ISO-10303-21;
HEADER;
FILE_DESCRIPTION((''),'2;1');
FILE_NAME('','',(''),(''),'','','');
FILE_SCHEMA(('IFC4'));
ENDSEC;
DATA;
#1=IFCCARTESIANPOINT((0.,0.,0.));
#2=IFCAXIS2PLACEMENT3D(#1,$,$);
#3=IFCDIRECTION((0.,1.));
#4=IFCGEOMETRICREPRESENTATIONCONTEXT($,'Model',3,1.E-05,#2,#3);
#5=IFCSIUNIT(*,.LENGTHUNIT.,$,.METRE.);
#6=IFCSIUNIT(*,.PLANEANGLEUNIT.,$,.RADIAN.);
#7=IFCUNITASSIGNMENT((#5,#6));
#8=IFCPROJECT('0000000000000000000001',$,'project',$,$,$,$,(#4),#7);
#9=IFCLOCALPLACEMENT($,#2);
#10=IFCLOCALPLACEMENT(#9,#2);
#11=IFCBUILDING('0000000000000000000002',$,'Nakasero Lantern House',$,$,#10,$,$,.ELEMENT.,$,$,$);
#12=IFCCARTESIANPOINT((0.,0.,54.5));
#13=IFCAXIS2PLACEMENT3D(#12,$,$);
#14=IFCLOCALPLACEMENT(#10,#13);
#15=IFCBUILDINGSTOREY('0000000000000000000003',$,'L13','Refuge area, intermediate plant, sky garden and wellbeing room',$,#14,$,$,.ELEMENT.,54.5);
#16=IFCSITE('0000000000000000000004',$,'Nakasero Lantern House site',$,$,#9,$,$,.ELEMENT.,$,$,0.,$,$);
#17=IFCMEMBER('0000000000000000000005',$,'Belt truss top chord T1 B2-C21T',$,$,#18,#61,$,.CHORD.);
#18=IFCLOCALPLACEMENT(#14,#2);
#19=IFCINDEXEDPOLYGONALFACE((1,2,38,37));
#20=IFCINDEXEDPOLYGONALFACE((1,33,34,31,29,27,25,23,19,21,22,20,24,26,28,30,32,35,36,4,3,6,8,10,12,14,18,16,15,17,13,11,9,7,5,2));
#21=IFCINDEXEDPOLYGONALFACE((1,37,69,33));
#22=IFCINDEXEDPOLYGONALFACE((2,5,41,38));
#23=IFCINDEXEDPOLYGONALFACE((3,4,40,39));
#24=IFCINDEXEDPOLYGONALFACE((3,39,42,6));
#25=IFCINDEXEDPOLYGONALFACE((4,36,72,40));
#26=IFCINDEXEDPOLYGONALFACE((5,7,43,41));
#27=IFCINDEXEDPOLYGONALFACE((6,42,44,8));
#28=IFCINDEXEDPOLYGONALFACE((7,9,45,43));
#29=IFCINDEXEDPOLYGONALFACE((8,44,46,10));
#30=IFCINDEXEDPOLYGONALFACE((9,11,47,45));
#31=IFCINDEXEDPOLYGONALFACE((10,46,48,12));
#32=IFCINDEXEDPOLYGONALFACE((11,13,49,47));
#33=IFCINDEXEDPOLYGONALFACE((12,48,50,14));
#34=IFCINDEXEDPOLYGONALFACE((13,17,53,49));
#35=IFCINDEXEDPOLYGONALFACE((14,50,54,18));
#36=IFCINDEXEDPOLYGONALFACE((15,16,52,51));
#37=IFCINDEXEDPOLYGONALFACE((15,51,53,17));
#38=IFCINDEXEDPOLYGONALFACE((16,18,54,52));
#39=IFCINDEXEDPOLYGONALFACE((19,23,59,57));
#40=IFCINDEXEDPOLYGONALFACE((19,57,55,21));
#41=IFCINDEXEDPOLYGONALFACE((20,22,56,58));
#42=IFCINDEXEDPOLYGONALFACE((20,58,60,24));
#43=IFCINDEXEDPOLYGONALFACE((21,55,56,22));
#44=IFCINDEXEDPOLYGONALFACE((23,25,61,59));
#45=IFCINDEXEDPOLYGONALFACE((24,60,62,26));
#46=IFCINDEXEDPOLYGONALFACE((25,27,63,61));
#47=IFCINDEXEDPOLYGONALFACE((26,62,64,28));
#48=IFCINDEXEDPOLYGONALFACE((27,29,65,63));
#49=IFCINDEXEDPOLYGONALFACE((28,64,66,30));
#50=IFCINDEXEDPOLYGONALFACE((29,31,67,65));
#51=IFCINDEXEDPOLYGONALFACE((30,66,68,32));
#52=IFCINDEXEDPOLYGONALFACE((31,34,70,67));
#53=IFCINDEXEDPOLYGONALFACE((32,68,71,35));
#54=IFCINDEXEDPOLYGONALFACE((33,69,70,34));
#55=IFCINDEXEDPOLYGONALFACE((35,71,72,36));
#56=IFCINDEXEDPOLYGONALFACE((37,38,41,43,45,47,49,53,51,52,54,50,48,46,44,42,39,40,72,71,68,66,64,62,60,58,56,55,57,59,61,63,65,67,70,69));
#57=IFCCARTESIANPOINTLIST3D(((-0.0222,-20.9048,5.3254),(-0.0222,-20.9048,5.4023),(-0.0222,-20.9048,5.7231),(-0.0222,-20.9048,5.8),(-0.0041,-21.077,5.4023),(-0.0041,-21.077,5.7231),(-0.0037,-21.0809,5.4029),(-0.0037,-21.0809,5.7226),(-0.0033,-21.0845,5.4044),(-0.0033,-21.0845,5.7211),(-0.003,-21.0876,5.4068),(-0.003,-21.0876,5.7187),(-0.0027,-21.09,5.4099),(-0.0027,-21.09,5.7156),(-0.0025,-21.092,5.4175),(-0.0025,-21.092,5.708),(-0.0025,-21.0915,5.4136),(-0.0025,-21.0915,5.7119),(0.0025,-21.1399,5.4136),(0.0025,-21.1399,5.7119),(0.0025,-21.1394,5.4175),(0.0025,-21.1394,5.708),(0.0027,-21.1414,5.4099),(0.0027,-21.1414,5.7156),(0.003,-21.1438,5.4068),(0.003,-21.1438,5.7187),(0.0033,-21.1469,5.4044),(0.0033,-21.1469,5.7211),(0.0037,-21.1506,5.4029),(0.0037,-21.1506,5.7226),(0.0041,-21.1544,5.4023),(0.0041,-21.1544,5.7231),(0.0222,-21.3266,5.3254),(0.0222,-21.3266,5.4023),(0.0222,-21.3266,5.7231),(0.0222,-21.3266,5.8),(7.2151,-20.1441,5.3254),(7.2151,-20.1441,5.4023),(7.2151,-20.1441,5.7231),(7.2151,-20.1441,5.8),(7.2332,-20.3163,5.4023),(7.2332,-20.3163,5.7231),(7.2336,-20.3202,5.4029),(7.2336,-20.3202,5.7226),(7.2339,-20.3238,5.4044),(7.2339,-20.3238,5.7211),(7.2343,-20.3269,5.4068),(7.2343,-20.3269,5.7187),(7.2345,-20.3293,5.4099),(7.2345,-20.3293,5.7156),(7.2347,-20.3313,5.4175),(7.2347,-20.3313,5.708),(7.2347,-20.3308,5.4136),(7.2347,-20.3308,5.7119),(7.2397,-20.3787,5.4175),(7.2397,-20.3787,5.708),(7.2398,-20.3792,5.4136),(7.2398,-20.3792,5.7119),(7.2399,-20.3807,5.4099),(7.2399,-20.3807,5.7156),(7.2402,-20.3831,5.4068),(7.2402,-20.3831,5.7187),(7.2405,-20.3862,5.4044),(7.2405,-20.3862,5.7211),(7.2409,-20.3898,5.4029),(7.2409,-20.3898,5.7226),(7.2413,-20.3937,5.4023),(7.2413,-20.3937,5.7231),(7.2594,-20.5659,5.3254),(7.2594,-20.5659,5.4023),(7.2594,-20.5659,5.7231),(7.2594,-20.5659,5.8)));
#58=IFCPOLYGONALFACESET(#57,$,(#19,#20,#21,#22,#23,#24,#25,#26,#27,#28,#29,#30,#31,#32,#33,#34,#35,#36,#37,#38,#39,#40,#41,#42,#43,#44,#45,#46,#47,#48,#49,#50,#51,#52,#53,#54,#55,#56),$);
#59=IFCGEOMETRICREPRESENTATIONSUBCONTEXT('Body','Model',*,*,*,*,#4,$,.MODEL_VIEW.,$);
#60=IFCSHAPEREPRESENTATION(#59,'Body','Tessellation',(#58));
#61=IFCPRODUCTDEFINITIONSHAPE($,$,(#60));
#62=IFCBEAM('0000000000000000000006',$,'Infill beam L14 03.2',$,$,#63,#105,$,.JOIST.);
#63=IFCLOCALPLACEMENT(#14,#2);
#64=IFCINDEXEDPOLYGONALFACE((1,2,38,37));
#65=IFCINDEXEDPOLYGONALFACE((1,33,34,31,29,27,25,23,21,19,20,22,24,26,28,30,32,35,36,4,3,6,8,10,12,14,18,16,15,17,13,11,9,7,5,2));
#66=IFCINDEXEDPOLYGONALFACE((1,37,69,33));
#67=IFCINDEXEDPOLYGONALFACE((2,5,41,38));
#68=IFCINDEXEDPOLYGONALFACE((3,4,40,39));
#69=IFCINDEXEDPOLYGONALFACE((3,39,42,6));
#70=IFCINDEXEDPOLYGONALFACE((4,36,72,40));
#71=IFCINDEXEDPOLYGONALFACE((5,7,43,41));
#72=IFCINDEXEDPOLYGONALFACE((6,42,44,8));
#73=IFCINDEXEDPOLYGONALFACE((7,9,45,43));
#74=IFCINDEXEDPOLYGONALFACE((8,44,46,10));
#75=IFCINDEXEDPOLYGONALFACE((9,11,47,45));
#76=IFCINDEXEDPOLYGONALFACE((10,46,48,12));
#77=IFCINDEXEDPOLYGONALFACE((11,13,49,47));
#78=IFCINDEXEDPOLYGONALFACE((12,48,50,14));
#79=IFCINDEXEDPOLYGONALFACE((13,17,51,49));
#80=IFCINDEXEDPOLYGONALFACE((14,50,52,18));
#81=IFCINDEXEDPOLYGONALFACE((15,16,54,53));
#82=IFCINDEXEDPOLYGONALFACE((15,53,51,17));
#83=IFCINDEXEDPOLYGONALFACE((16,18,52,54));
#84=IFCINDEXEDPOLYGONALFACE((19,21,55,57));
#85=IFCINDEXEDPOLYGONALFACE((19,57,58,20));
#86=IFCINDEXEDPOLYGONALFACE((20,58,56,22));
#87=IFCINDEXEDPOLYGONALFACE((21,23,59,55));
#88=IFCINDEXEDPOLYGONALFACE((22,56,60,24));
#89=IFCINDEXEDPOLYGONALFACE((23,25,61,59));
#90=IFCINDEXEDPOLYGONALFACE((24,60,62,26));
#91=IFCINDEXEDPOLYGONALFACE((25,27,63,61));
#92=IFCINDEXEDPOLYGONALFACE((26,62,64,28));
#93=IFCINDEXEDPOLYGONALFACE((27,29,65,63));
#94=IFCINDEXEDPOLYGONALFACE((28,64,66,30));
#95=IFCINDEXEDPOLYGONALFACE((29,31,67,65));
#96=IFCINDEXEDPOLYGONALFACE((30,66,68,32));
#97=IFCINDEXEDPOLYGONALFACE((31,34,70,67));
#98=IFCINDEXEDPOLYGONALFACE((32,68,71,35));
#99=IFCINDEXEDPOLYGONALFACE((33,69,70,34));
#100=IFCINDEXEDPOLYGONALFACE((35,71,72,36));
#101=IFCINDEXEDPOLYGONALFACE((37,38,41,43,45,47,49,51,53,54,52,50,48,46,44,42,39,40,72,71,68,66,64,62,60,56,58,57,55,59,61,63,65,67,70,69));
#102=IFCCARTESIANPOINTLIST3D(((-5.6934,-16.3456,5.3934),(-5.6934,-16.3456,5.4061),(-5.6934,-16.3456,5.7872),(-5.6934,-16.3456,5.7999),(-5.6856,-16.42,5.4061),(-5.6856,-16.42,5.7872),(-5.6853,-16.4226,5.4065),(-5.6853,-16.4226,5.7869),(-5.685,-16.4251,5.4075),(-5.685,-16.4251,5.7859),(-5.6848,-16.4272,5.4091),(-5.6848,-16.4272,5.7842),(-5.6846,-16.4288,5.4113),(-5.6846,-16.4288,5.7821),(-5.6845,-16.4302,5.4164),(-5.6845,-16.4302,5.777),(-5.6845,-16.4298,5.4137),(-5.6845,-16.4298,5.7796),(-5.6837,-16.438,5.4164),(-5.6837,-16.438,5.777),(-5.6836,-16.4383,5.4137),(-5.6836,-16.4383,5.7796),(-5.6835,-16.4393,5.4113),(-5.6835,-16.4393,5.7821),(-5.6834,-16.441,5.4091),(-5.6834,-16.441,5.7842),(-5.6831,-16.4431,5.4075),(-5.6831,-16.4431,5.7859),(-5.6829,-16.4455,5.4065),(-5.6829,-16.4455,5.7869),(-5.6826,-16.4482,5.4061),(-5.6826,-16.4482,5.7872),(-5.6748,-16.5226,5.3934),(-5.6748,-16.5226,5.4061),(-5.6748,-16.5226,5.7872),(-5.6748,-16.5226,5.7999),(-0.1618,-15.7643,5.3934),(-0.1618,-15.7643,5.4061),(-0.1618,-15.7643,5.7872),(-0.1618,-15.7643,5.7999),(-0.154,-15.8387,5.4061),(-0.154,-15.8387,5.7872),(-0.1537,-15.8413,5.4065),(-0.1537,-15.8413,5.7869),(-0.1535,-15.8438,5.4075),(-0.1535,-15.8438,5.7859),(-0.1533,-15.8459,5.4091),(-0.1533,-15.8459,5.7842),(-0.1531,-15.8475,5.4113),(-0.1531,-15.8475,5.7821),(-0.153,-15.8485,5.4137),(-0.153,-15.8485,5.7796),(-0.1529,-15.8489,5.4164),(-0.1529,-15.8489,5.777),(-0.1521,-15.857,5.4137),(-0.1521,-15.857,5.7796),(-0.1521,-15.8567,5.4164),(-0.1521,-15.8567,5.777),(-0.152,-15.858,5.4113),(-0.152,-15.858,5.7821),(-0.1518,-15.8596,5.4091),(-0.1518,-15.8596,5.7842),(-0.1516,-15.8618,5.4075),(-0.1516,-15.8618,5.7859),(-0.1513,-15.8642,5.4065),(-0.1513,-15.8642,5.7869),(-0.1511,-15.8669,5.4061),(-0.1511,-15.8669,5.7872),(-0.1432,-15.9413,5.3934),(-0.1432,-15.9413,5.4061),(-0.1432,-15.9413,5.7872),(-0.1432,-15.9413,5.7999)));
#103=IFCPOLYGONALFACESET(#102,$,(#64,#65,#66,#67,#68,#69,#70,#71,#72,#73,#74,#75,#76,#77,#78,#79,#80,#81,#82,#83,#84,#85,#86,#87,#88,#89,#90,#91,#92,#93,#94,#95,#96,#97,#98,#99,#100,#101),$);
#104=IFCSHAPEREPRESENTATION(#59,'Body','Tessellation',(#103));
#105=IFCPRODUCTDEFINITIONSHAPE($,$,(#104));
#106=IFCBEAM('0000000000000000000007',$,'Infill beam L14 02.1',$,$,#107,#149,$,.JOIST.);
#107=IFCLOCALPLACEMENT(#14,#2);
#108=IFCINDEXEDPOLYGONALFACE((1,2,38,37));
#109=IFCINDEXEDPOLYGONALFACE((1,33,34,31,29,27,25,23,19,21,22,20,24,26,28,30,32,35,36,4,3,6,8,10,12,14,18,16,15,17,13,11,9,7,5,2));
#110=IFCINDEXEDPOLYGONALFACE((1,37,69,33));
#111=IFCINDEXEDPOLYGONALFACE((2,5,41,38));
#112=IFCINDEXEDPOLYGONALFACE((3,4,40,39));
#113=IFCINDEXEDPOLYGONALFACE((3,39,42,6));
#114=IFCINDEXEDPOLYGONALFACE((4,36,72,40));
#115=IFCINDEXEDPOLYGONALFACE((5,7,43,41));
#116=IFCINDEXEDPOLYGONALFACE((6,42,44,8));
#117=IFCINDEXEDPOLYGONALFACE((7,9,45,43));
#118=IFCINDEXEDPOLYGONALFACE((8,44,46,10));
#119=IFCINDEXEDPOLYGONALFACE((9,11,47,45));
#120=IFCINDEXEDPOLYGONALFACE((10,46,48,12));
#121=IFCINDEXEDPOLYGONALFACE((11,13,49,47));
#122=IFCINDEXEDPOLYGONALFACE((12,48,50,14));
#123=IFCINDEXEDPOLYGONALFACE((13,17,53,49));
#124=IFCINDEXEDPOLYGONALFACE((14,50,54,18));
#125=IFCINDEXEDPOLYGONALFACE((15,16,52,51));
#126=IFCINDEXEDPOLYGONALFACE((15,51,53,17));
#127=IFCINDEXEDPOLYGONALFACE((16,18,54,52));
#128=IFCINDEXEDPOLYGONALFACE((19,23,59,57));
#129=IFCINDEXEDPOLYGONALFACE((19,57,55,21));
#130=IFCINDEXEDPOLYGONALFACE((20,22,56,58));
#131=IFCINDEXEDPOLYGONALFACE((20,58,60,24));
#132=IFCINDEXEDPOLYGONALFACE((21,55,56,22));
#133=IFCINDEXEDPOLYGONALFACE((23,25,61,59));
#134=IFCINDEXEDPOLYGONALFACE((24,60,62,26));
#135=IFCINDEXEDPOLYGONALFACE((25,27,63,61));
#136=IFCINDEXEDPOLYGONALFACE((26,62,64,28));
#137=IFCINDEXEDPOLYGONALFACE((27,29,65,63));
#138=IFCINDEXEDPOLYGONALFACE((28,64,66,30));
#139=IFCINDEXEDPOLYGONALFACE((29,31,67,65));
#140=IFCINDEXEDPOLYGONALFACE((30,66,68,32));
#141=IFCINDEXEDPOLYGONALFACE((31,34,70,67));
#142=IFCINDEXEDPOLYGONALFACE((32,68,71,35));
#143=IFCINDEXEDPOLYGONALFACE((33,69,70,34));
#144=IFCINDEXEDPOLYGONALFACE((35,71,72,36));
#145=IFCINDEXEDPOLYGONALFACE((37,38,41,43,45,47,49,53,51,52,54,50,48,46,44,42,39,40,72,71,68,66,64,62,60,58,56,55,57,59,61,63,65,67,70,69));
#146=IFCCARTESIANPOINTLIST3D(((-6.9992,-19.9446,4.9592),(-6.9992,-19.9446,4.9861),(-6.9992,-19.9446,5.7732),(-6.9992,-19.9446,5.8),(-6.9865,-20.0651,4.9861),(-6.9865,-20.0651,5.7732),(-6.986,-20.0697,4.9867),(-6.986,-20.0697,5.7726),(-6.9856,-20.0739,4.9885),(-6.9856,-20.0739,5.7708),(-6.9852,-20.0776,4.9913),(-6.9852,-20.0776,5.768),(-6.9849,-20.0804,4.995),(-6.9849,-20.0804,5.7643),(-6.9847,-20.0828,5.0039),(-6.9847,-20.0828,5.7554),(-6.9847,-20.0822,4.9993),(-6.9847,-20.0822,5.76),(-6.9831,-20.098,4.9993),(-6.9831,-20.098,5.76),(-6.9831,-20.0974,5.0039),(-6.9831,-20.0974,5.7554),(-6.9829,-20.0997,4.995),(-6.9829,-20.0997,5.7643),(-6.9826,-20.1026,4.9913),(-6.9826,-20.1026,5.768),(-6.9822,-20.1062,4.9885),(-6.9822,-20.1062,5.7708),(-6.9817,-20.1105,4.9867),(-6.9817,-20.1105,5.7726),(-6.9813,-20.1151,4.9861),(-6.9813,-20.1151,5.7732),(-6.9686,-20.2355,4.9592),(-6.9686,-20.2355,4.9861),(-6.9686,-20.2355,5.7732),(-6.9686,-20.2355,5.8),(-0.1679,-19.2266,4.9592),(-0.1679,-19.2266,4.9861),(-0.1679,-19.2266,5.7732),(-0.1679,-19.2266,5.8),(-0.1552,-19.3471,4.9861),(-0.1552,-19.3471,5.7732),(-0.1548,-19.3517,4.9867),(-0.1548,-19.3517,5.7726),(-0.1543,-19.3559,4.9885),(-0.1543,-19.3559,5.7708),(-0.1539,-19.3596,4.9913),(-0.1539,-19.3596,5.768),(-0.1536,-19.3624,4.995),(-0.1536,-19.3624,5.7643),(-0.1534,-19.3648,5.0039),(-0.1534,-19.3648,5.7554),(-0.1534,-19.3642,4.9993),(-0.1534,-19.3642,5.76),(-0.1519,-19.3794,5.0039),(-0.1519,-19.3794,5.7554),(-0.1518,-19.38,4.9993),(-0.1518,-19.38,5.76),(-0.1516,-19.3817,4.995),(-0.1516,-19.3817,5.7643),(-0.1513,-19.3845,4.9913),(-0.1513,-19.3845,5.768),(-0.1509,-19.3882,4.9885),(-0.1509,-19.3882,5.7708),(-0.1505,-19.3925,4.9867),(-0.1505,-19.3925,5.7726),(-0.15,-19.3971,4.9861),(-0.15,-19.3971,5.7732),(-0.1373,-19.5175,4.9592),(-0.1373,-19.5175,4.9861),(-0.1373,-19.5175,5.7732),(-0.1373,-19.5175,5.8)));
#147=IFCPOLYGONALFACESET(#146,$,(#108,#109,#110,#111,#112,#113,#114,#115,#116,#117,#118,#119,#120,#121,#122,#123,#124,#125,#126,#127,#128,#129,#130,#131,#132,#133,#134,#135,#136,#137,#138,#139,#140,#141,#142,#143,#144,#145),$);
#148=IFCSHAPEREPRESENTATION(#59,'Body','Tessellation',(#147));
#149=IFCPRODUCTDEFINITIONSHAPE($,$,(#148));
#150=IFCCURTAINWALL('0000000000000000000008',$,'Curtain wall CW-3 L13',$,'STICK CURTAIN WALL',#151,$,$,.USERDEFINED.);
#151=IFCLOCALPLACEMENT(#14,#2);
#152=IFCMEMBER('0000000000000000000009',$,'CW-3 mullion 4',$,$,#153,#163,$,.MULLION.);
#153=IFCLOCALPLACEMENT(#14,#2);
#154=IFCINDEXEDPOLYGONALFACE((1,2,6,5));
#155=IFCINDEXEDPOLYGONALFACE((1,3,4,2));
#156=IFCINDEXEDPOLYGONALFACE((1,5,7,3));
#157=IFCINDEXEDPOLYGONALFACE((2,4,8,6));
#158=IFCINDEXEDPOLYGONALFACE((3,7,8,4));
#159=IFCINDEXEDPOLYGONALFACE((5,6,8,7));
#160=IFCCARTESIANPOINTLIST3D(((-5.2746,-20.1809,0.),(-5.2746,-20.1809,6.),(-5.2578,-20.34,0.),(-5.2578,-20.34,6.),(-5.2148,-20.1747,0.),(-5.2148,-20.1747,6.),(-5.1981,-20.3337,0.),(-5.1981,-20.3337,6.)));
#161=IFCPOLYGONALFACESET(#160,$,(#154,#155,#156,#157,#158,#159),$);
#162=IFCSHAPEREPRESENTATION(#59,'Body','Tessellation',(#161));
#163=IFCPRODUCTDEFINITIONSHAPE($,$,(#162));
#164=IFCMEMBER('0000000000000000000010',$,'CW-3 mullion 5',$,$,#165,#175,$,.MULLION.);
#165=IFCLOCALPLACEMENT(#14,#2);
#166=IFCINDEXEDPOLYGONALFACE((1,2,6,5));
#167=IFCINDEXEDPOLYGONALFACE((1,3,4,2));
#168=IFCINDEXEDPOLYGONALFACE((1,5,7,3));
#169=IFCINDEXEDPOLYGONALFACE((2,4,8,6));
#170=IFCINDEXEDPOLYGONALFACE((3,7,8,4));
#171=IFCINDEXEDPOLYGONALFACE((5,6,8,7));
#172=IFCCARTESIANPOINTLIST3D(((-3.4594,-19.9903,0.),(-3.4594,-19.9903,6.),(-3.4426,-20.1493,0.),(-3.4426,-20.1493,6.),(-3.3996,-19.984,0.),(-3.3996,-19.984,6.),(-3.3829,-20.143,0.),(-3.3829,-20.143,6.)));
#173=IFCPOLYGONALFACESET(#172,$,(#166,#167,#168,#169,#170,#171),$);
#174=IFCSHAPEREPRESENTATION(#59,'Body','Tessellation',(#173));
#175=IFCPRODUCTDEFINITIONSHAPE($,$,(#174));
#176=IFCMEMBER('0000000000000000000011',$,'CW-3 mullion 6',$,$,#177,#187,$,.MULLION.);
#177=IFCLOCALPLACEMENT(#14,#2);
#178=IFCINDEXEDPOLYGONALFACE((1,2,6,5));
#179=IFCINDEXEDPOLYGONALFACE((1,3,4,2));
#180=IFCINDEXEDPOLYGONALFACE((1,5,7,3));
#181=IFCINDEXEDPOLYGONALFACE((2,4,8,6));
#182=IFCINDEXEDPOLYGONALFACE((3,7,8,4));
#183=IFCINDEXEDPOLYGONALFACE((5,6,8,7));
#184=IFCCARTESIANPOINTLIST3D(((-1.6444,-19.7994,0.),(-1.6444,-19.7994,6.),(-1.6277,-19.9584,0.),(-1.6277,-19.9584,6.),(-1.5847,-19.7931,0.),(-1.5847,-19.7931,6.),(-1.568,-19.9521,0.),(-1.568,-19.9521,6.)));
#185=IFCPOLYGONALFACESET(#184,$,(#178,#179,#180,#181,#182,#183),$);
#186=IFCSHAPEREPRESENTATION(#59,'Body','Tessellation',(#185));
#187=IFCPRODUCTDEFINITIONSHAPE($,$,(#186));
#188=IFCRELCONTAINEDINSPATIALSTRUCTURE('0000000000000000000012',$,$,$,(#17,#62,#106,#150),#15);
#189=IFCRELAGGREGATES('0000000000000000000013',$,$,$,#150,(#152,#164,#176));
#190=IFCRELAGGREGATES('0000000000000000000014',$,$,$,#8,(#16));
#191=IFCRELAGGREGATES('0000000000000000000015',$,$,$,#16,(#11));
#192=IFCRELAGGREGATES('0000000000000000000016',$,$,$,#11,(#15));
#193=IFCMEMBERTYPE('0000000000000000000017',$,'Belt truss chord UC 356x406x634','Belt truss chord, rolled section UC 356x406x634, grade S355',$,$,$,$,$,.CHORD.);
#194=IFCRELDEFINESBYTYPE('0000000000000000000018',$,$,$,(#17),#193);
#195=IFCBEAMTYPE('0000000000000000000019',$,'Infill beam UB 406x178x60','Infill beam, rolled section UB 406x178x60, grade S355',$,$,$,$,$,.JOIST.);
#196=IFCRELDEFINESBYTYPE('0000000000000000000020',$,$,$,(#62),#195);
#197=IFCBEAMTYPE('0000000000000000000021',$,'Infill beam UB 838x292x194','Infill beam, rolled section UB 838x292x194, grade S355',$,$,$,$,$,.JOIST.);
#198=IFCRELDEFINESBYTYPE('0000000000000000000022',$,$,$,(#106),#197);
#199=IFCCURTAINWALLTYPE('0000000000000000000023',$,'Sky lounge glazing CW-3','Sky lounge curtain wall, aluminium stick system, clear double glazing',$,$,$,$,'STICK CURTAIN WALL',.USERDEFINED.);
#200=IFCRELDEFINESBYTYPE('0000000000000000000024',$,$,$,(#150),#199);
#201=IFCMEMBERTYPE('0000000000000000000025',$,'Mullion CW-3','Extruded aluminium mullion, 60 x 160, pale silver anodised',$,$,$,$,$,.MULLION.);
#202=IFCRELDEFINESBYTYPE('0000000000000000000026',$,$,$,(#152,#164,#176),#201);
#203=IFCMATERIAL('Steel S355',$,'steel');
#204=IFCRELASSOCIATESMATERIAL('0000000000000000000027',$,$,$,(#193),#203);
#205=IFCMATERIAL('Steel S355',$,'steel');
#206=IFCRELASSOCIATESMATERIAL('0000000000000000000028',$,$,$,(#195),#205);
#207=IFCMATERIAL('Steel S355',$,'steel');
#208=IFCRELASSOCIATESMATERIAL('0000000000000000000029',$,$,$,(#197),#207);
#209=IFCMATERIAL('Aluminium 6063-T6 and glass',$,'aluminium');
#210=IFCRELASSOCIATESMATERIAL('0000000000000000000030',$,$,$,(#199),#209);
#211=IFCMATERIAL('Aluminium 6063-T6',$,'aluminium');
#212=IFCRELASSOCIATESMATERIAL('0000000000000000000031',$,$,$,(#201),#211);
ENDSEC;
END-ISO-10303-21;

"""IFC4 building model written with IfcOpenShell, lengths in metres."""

from ifc_helpers import new_model, si_unit, direction, frame, origin, origin_2d, place, context, subcontext, project, spatial, rectangle, i_section, extrude, material, material_profile, profile_set, type_object, element, aggregate, save


model = new_model("IFC4")

# Units and contexts
model_context = context("Model", 3, precision=1e-05, world=origin(), true_north=direction((0.0, 1.0)))
body_context = subcontext(model_context, "Body", "Model", "MODEL_VIEW")
ifc_project = project(units=[si_unit("LENGTHUNIT", "METRE"), si_unit("PLANEANGLEUNIT", "RADIAN")], contexts=[model_context])

# Site, building, storey
site_placement = place(None, origin())
site = spatial("IfcSite", under=ifc_project, at=site_placement, Name="Nakasero Lantern House site", CompositionType="ELEMENT", RefElevation=0.0)
building_placement = place(site_placement, origin())
building = spatial("IfcBuilding", under=site, at=building_placement, Name="Nakasero Lantern House", CompositionType="ELEMENT")
storey_placement = place(building_placement, frame((0.0, 0.0, 54.5)))
storey = spatial("IfcBuildingStorey", under=building, at=storey_placement, Name="L13", Description="Refuge area, intermediate plant, sky garden and wellbeing room", CompositionType="ELEMENT", Elevation=54.5)

# Member
ifc_material_1 = material(Name="Steel S355", Category="steel")
ifc_material_profile_1 = material_profile(ifc_material_1, i_section(OverallWidth=0.4241, OverallDepth=0.4746, WebThickness=0.0476, FlangeThickness=0.0769, FilletRadius=0.0151, at=origin_2d()), Name="UC 356x406x634")
ifc_profile_set_1 = profile_set([ifc_material_profile_1], Name="Steel S355")
member_type_1 = type_object("IfcMemberType", Name="Belt truss chord UC 356x406x634", Description="Belt truss chord, rolled section UC 356x406x634, grade S355", PredefinedType="CHORD", material=ifc_profile_set_1)
member_1_placement = place(storey_placement, frame((0.0, -21.1157, 5.5627), z_axis=(0.994521, 0.104538, 0.0), x_axis=(-0.104538, 0.994521, 0.0)))
element("IfcMember", 1, at=member_1_placement, inside=storey, type_object=member_type_1, Name="Belt truss top chord T1 B2-C21T", PredefinedType="CHORD", context=body_context, shape_type="SweptSolid", body=[
    extrude(i_section(OverallWidth=0.4241, OverallDepth=0.4746, WebThickness=0.0476, FlangeThickness=0.0769, FilletRadius=0.0151, at=origin_2d()), origin(), (0.0, 0.0, 1.0), 7.2771),
])

# Beams
ifc_material_2 = material(Name="Steel S355", Category="steel")
ifc_material_profile_2 = material_profile(ifc_material_2, i_section(OverallWidth=0.178, OverallDepth=0.4065, WebThickness=0.0078, FlangeThickness=0.0127, FilletRadius=0.0103, at=origin_2d()), Name="UB 406x178x60")
ifc_profile_set_2 = profile_set([ifc_material_profile_2], Name="Steel S355")
beam_type_1 = type_object("IfcBeamType", Name="Infill beam UB 406x178x60", Description="Infill beam, rolled section UB 406x178x60, grade S355", PredefinedType="JOIST", material=ifc_profile_set_2)
beam_1_placement = place(storey_placement, frame((-5.6841, -16.4341, 5.5967), z_axis=(0.994523, 0.104513, 0.0), x_axis=(-0.104513, 0.994523, 0.0)))
element("IfcBeam", 2, at=beam_1_placement, inside=storey, type_object=beam_type_1, Name="Infill beam L14 03.2", PredefinedType="JOIST", context=body_context, shape_type="SweptSolid", body=[
    extrude(i_section(OverallWidth=0.178, OverallDepth=0.4065, WebThickness=0.0078, FlangeThickness=0.0127, FilletRadius=0.0103, at=origin_2d()), origin(), (0.0, 0.0, 1.0), 5.562),
])
ifc_material_3 = material(Name="Steel S355", Category="steel")
ifc_material_profile_3 = material_profile(ifc_material_3, i_section(OverallWidth=0.2925, OverallDepth=0.8408, WebThickness=0.0146, FlangeThickness=0.0269, FilletRadius=0.0178, at=origin_2d()), Name="UB 838x292x194")
ifc_profile_set_3 = profile_set([ifc_material_profile_3], Name="Steel S355")
beam_type_2 = type_object("IfcBeamType", Name="Infill beam UB 838x292x194", Description="Infill beam, rolled section UB 838x292x194, grade S355", PredefinedType="JOIST", material=ifc_profile_set_3)
beam_2_placement = place(storey_placement, frame((-6.9839, -20.0901, 5.3796), z_axis=(0.994522, 0.104531, 0.0), x_axis=(-0.104531, 0.994522, 0.0)))
element("IfcBeam", 3, at=beam_2_placement, inside=storey, type_object=beam_type_2, Name="Infill beam L14 02.1", PredefinedType="JOIST", context=body_context, shape_type="SweptSolid", body=[
    extrude(i_section(OverallWidth=0.2925, OverallDepth=0.8408, WebThickness=0.0146, FlangeThickness=0.0269, FilletRadius=0.0178, at=origin_2d()), origin(), (0.0, 0.0, 1.0), 6.8689),
])

# Curtain wall, members
ifc_material_4 = material(Name="Aluminium 6063-T6 and glass", Category="aluminium")
curtain_wall_type = type_object("IfcCurtainWallType", Name="Sky lounge glazing CW-3", Description="Sky lounge curtain wall, aluminium stick system, clear double glazing", ElementType="STICK CURTAIN WALL", PredefinedType="USERDEFINED", material=ifc_material_4)
curtain_wall_placement = place(storey_placement, origin())
curtain_wall = element("IfcCurtainWall", 4, at=curtain_wall_placement, inside=storey, type_object=curtain_wall_type, Name="Curtain wall CW-3 L13", ObjectType="STICK CURTAIN WALL", PredefinedType="USERDEFINED")
ifc_material_5 = material(Name="Aluminium 6063-T6", Category="aluminium")
ifc_material_profile_4 = material_profile(ifc_material_5, rectangle(XDim=0.0601, YDim=0.1599, at=origin_2d()), Name="CW-3 mullion 60x160")
ifc_profile_set_4 = profile_set([ifc_material_profile_4], Name="Aluminium 6063-T6")
member_type_2 = type_object("IfcMemberType", Name="Mullion CW-3", Description="Extruded aluminium mullion, 60 x 160, pale silver anodised", PredefinedType="MULLION", material=ifc_profile_set_4)
member_2_placement = place(storey_placement, frame((-5.2363, -20.2573, 0.0), z_axis=(0.0, 0.0, 1.0), x_axis=(0.994522, 0.104528, 0.0)))
member_2 = element("IfcMember", 5, at=member_2_placement, type_object=member_type_2, Name="CW-3 mullion 4", PredefinedType="MULLION", context=body_context, shape_type="SweptSolid", body=[
    extrude(rectangle(XDim=0.0601, YDim=0.1599, at=origin_2d()), origin(), (0.0, 0.0, 1.0), 6.0),
])
member_3_placement = place(storey_placement, frame((-3.4211, -20.0667, 0.0), z_axis=(0.0, 0.0, 1.0), x_axis=(0.994522, 0.104528, 0.0)))
member_3 = element("IfcMember", 6, at=member_3_placement, type_object=member_type_2, Name="CW-3 mullion 5", PredefinedType="MULLION", context=body_context, shape_type="SweptSolid", body=[
    extrude(rectangle(XDim=0.0601, YDim=0.1599, at=origin_2d()), origin(), (0.0, 0.0, 1.0), 6.0),
])
member_4_placement = place(storey_placement, frame((-1.6062, -19.8757, 0.0), z_axis=(0.0, 0.0, 1.0), x_axis=(0.994522, 0.104528, 0.0)))
member_4 = element("IfcMember", 7, at=member_4_placement, type_object=member_type_2, Name="CW-3 mullion 6", PredefinedType="MULLION", context=body_context, shape_type="SweptSolid", body=[
    extrude(rectangle(XDim=0.0601, YDim=0.1599, at=origin_2d()), origin(), (0.0, 0.0, 1.0), 6.0),
])

aggregate(curtain_wall, [member_2, member_3, member_4])

save(model, "model.ifc")
